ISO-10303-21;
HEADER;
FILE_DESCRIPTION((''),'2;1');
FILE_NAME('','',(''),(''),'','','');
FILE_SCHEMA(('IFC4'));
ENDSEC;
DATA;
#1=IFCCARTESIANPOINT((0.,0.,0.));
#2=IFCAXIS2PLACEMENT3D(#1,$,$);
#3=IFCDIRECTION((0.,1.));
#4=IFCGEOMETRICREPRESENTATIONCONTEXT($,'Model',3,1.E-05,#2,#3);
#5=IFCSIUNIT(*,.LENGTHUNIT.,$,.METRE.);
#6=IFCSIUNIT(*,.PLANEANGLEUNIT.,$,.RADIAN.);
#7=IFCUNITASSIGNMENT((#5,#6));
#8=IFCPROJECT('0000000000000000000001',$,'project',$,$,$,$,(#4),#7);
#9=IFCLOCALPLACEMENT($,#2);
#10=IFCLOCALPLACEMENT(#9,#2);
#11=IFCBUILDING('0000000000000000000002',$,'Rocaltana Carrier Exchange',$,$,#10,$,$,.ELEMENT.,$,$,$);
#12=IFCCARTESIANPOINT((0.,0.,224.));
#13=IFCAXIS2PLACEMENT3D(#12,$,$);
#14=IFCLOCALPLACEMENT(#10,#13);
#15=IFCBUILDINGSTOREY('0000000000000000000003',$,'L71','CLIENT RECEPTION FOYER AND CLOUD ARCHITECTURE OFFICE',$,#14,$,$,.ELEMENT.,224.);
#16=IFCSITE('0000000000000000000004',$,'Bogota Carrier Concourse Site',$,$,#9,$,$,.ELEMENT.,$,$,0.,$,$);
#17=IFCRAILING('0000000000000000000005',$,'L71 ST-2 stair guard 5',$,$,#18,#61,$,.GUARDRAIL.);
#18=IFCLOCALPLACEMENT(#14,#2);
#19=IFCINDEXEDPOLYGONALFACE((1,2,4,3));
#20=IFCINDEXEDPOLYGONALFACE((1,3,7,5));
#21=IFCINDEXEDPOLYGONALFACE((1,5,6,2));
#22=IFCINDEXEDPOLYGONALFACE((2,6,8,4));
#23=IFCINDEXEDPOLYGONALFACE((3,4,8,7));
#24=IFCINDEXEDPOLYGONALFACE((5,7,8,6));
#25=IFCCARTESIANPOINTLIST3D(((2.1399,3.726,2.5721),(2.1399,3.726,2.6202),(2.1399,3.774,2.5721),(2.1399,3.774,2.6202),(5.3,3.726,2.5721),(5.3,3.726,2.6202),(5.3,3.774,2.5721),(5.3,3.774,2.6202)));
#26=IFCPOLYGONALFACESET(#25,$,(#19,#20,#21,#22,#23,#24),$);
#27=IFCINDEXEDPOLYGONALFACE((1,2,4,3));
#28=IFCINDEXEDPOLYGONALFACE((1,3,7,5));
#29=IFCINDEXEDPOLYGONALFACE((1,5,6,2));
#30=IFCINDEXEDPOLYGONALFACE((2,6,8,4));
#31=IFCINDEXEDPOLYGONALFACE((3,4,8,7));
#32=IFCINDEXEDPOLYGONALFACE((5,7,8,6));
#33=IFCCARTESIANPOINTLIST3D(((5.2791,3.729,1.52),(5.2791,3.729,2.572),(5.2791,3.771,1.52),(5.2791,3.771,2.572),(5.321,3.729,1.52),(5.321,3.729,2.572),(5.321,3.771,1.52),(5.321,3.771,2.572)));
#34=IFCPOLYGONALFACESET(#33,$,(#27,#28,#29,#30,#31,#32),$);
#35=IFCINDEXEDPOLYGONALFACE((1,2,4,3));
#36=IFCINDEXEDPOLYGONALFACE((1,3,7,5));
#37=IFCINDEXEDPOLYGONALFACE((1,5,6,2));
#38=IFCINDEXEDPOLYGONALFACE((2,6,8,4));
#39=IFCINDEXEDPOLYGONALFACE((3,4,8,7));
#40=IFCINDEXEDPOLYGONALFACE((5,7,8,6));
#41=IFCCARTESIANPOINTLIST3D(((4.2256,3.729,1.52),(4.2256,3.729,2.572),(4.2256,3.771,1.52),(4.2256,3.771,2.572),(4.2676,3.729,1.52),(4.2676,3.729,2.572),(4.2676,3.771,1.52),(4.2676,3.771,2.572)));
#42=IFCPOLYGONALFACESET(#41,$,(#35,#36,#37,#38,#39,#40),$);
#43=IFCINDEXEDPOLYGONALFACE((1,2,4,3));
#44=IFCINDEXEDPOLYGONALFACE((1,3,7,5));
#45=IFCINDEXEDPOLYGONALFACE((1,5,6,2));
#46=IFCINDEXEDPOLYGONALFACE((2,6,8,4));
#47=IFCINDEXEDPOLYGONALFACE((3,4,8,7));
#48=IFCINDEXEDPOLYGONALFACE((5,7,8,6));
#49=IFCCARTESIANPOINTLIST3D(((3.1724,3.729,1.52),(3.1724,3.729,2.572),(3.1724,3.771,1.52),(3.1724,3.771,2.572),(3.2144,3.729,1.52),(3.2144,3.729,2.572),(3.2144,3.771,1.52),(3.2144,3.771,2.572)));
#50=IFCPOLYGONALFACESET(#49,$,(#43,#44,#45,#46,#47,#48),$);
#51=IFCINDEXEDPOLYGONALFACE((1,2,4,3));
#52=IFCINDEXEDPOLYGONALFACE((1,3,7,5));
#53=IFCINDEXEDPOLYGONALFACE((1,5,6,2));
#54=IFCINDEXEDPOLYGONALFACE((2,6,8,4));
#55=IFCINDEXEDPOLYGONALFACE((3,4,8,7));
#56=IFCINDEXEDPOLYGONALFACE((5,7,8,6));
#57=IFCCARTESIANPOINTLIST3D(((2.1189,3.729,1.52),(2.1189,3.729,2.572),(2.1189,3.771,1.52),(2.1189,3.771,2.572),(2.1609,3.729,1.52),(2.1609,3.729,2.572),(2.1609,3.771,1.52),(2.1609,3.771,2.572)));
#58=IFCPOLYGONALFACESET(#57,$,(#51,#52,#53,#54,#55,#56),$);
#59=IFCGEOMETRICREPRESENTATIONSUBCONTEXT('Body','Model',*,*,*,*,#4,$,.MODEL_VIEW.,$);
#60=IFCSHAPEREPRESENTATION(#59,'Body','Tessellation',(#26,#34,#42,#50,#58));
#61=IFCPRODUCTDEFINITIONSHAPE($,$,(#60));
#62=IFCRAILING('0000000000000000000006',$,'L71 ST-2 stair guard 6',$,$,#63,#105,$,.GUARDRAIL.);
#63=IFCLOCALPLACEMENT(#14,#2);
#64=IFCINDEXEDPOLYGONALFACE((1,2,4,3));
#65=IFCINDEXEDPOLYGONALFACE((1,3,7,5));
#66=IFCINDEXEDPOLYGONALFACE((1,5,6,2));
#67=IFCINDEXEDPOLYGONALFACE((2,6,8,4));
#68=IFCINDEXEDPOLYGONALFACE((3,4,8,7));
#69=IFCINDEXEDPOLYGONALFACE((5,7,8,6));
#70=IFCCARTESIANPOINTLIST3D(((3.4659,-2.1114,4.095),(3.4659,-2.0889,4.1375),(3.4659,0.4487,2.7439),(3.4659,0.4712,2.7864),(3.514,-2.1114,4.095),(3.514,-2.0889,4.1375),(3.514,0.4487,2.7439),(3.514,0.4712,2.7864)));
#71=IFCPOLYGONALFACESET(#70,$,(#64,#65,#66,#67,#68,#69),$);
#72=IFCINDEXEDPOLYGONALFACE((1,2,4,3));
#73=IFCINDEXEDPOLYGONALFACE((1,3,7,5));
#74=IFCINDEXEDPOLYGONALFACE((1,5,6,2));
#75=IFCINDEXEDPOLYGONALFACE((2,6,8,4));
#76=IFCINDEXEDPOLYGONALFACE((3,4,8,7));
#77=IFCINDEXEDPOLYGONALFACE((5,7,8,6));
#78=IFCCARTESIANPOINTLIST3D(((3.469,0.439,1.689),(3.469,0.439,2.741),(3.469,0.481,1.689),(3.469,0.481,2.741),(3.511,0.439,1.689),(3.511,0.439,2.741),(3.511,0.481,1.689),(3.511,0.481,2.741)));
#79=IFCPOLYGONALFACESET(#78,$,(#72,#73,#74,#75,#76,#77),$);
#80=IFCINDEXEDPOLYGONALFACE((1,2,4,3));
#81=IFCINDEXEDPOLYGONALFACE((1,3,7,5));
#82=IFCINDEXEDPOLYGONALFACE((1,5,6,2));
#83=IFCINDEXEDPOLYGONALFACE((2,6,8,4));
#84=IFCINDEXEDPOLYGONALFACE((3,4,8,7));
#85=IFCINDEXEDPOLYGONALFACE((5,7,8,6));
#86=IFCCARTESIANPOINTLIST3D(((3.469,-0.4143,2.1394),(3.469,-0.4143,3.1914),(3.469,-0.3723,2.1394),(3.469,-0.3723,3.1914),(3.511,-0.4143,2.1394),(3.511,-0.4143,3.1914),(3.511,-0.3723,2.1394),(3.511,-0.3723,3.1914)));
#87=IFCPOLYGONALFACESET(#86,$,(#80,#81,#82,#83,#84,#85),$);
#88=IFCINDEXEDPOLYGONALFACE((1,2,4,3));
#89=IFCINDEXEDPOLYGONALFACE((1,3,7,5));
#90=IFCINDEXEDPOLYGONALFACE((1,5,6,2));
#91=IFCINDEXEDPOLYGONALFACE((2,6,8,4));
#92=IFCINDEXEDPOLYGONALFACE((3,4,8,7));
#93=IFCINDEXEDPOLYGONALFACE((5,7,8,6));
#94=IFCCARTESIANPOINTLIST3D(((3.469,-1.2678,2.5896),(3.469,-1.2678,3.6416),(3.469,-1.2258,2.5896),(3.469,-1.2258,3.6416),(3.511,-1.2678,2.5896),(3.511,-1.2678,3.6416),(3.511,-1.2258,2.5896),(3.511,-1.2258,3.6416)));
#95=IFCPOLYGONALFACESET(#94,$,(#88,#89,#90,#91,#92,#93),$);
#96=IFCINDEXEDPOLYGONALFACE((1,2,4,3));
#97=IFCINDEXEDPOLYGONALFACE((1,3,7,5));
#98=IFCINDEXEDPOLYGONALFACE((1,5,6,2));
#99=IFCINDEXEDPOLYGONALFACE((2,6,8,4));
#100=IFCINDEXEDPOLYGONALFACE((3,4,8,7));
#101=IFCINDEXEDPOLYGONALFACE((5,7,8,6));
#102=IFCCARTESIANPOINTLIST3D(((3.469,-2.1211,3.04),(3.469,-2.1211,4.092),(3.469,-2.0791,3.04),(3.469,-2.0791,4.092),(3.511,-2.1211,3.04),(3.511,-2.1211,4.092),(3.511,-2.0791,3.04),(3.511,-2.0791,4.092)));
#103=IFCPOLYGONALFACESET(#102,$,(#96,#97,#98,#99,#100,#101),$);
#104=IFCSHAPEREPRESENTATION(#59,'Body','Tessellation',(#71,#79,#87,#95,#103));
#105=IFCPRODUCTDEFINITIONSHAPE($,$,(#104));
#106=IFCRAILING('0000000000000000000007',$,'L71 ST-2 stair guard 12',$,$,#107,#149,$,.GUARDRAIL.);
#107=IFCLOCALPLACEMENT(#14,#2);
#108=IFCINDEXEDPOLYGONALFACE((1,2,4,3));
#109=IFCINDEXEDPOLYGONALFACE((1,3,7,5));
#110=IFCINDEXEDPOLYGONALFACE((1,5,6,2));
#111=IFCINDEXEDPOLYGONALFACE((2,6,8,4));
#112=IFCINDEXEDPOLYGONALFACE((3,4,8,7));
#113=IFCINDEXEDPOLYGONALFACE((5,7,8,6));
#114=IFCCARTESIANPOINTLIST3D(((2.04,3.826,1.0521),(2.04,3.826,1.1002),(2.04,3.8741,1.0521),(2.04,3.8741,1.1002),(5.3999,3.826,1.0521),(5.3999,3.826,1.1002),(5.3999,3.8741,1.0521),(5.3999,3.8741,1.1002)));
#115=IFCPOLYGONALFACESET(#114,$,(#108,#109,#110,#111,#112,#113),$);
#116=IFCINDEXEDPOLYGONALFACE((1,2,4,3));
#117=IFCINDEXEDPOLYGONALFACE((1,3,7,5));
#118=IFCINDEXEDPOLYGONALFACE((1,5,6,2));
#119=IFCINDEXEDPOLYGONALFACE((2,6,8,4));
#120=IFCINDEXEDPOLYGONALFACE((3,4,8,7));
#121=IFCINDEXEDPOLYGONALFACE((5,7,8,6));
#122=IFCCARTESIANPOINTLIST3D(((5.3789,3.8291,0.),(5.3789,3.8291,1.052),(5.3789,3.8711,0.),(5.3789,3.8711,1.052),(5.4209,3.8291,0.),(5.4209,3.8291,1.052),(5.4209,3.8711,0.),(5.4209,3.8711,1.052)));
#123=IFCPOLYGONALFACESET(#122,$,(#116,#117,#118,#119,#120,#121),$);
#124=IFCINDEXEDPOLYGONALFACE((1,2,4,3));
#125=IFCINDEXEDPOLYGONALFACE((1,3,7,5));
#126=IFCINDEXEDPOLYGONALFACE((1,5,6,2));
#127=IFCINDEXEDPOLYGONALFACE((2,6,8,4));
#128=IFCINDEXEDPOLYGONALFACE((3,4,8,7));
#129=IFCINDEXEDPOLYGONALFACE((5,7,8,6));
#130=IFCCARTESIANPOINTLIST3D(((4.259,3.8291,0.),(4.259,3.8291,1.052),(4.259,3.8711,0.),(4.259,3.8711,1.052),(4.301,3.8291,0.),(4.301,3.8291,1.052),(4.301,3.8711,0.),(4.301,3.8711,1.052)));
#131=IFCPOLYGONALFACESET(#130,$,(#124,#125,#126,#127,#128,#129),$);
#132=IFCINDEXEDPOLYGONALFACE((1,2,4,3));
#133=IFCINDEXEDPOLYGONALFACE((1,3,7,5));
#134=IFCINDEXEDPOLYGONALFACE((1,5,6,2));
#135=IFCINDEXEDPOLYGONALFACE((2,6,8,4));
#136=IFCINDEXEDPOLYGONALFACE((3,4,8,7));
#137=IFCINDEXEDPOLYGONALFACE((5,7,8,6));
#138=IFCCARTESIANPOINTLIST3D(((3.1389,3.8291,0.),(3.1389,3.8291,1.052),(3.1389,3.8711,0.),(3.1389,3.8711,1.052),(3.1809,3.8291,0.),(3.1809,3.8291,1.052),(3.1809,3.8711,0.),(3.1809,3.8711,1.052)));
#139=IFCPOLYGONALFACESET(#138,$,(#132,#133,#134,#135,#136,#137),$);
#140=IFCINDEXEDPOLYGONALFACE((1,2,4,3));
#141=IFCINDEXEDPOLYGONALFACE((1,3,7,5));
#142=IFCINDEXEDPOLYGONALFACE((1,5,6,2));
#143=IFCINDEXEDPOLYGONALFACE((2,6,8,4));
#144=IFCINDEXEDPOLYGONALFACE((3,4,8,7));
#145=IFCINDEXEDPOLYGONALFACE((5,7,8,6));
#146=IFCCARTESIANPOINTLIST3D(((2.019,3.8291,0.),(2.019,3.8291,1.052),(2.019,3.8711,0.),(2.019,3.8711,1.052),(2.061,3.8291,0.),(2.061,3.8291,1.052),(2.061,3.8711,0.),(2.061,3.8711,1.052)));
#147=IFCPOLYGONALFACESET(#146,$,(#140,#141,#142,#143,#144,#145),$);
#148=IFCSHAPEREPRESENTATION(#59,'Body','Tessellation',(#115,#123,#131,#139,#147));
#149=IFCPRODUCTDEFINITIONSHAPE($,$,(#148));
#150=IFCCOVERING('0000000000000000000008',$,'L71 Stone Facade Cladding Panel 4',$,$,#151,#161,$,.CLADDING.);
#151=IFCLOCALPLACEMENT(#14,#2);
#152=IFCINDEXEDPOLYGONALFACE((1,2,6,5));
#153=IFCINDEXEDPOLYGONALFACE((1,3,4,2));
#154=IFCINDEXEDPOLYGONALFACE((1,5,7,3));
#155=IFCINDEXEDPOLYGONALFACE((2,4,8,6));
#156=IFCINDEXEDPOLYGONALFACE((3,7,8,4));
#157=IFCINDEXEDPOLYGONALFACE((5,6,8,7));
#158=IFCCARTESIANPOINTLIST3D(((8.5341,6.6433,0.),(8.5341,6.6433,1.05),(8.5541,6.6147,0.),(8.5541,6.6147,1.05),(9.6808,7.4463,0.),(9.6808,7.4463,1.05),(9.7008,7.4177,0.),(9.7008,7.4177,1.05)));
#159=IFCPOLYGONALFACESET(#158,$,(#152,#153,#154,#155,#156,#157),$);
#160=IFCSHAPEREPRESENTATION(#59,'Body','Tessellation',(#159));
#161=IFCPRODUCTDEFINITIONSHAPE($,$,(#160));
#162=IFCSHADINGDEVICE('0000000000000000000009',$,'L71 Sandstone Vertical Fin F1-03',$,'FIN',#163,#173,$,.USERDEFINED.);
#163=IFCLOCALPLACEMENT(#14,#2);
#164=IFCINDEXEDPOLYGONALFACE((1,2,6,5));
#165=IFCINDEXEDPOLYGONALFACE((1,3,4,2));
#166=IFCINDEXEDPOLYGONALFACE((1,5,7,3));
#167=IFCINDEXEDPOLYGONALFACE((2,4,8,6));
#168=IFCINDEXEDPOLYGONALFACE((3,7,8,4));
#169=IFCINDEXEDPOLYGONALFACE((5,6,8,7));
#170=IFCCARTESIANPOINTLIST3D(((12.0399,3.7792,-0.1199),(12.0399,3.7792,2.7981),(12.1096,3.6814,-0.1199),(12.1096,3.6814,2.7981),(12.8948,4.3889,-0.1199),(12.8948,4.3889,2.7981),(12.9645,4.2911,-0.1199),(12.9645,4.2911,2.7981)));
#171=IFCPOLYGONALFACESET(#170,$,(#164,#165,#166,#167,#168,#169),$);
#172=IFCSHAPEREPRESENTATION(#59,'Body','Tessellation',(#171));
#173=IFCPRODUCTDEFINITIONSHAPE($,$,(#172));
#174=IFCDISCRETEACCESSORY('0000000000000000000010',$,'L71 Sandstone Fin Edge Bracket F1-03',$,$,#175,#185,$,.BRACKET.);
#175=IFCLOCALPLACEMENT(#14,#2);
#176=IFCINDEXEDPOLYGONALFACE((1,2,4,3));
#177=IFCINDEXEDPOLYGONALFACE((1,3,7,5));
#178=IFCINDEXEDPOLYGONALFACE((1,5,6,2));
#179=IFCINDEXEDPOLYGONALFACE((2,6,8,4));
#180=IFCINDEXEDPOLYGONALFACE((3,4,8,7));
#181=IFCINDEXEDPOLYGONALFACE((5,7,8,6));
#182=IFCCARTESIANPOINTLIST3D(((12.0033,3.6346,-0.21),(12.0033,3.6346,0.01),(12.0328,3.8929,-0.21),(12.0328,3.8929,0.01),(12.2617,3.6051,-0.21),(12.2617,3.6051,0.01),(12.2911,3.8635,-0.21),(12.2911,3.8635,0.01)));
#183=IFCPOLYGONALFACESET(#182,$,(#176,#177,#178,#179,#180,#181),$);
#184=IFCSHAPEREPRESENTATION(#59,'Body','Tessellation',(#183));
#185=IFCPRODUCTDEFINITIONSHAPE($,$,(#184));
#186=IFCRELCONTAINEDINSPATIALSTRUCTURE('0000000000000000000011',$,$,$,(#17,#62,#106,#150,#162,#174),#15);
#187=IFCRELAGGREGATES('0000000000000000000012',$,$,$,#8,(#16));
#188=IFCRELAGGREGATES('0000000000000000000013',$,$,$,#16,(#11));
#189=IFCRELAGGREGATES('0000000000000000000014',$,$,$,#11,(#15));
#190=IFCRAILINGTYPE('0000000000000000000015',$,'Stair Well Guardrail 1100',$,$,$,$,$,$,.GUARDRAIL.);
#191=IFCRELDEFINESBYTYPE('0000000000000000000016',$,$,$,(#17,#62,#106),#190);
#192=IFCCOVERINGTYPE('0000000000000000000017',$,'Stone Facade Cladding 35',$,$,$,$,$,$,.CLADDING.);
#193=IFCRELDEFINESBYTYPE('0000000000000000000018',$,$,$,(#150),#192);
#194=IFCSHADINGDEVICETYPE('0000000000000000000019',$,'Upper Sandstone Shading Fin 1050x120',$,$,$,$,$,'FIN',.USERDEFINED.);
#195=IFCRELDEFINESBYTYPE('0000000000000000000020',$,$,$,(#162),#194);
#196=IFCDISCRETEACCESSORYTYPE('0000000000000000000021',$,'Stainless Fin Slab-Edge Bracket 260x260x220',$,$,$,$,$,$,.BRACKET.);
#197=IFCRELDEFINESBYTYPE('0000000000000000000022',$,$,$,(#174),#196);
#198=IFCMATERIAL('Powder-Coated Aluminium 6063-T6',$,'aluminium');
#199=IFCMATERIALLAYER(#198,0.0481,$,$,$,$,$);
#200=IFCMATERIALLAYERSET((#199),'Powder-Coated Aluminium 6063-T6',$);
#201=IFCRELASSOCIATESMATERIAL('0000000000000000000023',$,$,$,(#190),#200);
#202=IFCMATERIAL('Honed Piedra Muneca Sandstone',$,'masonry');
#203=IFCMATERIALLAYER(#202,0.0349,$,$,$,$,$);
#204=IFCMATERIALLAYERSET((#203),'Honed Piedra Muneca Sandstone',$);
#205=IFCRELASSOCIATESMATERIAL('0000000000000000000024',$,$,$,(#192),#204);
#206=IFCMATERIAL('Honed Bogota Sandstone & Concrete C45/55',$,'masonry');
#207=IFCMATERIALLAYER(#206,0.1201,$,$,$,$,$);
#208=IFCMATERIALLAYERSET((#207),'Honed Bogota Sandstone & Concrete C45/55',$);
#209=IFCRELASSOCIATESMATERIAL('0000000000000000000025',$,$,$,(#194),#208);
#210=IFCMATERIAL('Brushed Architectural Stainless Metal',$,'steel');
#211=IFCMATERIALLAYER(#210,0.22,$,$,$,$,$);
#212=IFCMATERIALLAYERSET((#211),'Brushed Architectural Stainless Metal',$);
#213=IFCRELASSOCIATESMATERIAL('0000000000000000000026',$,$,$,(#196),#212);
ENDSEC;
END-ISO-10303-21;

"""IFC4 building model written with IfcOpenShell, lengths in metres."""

from ifc_helpers import new_model, si_unit, direction, frame, origin, origin_2d, place, context, subcontext, project, spatial, rectangle, extrude, material, layer, layer_set, type_object, element, save


model = new_model("IFC4")

# Units and contexts
model_context = context("Model", 3, precision=1e-05, world=origin(), true_north=direction((0.0, 1.0)))
body_context = subcontext(model_context, "Body", "Model", "MODEL_VIEW")
ifc_project = project(units=[si_unit("LENGTHUNIT", "METRE"), si_unit("PLANEANGLEUNIT", "RADIAN")], contexts=[model_context])

# Site, building, storey
site_placement = place(None, origin())
site = spatial("IfcSite", under=ifc_project, at=site_placement, Name="Bogota Carrier Concourse Site", CompositionType="ELEMENT", RefElevation=0.0)
building_placement = place(site_placement, origin())
building = spatial("IfcBuilding", under=site, at=building_placement, Name="Rocaltana Carrier Exchange", CompositionType="ELEMENT")
storey_placement = place(building_placement, frame((0.0, 0.0, 224.0)))
storey = spatial("IfcBuildingStorey", under=building, at=storey_placement, Name="L71", Description="CLIENT RECEPTION FOYER AND CLOUD ARCHITECTURE OFFICE", CompositionType="ELEMENT", Elevation=224.0)

# Railings
ifc_material_1 = material(Name="Powder-Coated Aluminium 6063-T6", Category="aluminium")
ifc_layer_1 = layer(ifc_material_1, 0.0481)
ifc_layer_set_1 = layer_set([ifc_layer_1], Name="Powder-Coated Aluminium 6063-T6")
railing_type_1 = type_object("IfcRailingType", Name="Stair Well Guardrail 1100", PredefinedType="GUARDRAIL", material=ifc_layer_set_1)
railing_1_placement = place(storey_placement, frame((5.3, 3.75, 1.52)))
element("IfcRailing", 1, at=railing_1_placement, inside=storey, type_object=railing_type_1, Name="L71 ST-2 stair guard 5", PredefinedType="GUARDRAIL", context=body_context, shape_type="SweptSolid", body=[
    extrude(rectangle(XDim=0.0481, YDim=0.0481, at=origin_2d()), frame((0.0, 0.0, 1.0762), z_axis=(-1.0, 0.0, 0.0), x_axis=(0.0, -1.0, 0.0)), (0.0, 0.0, 1.0), 3.1602),
    extrude(rectangle(XDim=0.042, YDim=0.042, at=origin_2d()), origin(), (0.0, 0.0, 1.0), 1.052),
    extrude(rectangle(XDim=0.042, YDim=0.042, at=origin_2d()), frame((-1.0535, 0.0, 0.0)), (0.0, 0.0, 1.0), 1.052),
    extrude(rectangle(XDim=0.042, YDim=0.042, at=origin_2d()), frame((-2.1067, 0.0, 0.0)), (0.0, 0.0, 1.0), 1.052),
    extrude(rectangle(XDim=0.042, YDim=0.042, at=origin_2d()), frame((-3.1602, 0.0, 0.0)), (0.0, 0.0, 1.0), 1.052),
])
railing_2_placement = place(storey_placement, frame((3.49, 0.46, 1.689)))
element("IfcRailing", 2, at=railing_2_placement, inside=storey, type_object=railing_type_1, Name="L71 ST-2 stair guard 6", PredefinedType="GUARDRAIL", context=body_context, shape_type="SweptSolid", body=[
    extrude(rectangle(XDim=0.0481, YDim=0.0481, at=origin_2d()), frame((0.0, 0.0, 1.0762), z_axis=(0.0, -0.884394, 0.46674), x_axis=(1.0, 0.0, 0.0)), (0.0, 0.0, 1.0), 2.8948),
    extrude(rectangle(XDim=0.042, YDim=0.042, at=origin_2d()), origin(), (0.0, 0.0, 1.0), 1.052),
    extrude(rectangle(XDim=0.042, YDim=0.042, at=origin_2d()), frame((0.0, -0.8533, 0.4504)), (0.0, 0.0, 1.0), 1.052),
    extrude(rectangle(XDim=0.042, YDim=0.042, at=origin_2d()), frame((0.0, -1.7068, 0.9006)), (0.0, 0.0, 1.0), 1.052),
    extrude(rectangle(XDim=0.042, YDim=0.042, at=origin_2d()), frame((0.0, -2.5601, 1.3511)), (0.0, 0.0, 1.0), 1.052),
])
railing_3_placement = place(storey_placement, frame((5.3999, 3.8501, 0.0)))
element("IfcRailing", 3, at=railing_3_placement, inside=storey, type_object=railing_type_1, Name="L71 ST-2 stair guard 12", PredefinedType="GUARDRAIL", context=body_context, shape_type="SweptSolid", body=[
    extrude(rectangle(XDim=0.0481, YDim=0.0481, at=origin_2d()), frame((0.0, 0.0, 1.0762), z_axis=(-1.0, 0.0, 0.0), x_axis=(0.0, -1.0, 0.0)), (0.0, 0.0, 1.0), 3.3599),
    extrude(rectangle(XDim=0.042, YDim=0.042, at=origin_2d()), origin(), (0.0, 0.0, 1.0), 1.052),
    extrude(rectangle(XDim=0.042, YDim=0.042, at=origin_2d()), frame((-1.1199, 0.0, 0.0)), (0.0, 0.0, 1.0), 1.052),
    extrude(rectangle(XDim=0.042, YDim=0.042, at=origin_2d()), frame((-2.24, 0.0, 0.0)), (0.0, 0.0, 1.0), 1.052),
    extrude(rectangle(XDim=0.042, YDim=0.042, at=origin_2d()), frame((-3.3599, 0.0, 0.0)), (0.0, 0.0, 1.0), 1.052),
])

# Covering
ifc_material_2 = material(Name="Honed Piedra Muneca Sandstone", Category="masonry")
ifc_layer_2 = layer(ifc_material_2, 0.0349)
ifc_layer_set_2 = layer_set([ifc_layer_2], Name="Honed Piedra Muneca Sandstone")
covering_type = type_object("IfcCoveringType", Name="Stone Facade Cladding 35", PredefinedType="CLADDING", material=ifc_layer_set_2)
covering_placement = place(storey_placement, frame((9.1174, 7.0305, 0.0), z_axis=(0.0, 0.0, 1.0), x_axis=(0.819152, 0.573576, 0.0)))
element("IfcCovering", 4, at=covering_placement, inside=storey, type_object=covering_type, Name="L71 Stone Facade Cladding Panel 4", PredefinedType="CLADDING", context=body_context, shape_type="SweptSolid", body=[
    extrude(rectangle(XDim=1.3999, YDim=0.0349, at=origin_2d()), origin(), (0.0, 0.0, 1.0), 1.05),
])

# Shading device
ifc_material_3 = material(Name="Honed Bogota Sandstone & Concrete C45/55", Category="masonry")
ifc_layer_3 = layer(ifc_material_3, 0.1201)
ifc_layer_set_3 = layer_set([ifc_layer_3], Name="Honed Bogota Sandstone & Concrete C45/55")
shading_device_type = type_object("IfcShadingDeviceType", Name="Upper Sandstone Shading Fin 1050x120", ElementType="FIN", PredefinedType="USERDEFINED", material=ifc_layer_set_3)
shading_device_placement = place(storey_placement, frame((12.5022, 4.0352, -0.1199), z_axis=(0.0, 0.0, 1.0), x_axis=(0.814116, 0.580703, 0.0)))
element("IfcShadingDevice", 5, at=shading_device_placement, inside=storey, type_object=shading_device_type, Name="L71 Sandstone Vertical Fin F1-03", ObjectType="FIN", PredefinedType="USERDEFINED", context=body_context, shape_type="SweptSolid", body=[
    extrude(rectangle(XDim=1.05, YDim=0.1201, at=origin_2d()), origin(), (0.0, 0.0, 1.0), 2.918),
])

# Discrete accessory
ifc_material_4 = material(Name="Brushed Architectural Stainless Metal", Category="steel")
ifc_layer_4 = layer(ifc_material_4, 0.22)
ifc_layer_set_4 = layer_set([ifc_layer_4], Name="Brushed Architectural Stainless Metal")
discrete_accessory_type = type_object("IfcDiscreteAccessoryType", Name="Stainless Fin Slab-Edge Bracket 260x260x220", PredefinedType="BRACKET", material=ifc_layer_set_4)
discrete_accessory_placement = place(storey_placement, frame((12.1472, 3.749, -0.21), z_axis=(0.0, 0.0, 1.0), x_axis=(0.113203, 0.993572, 0.0)))
element("IfcDiscreteAccessory", 6, at=discrete_accessory_placement, inside=storey, type_object=discrete_accessory_type, Name="L71 Sandstone Fin Edge Bracket F1-03", PredefinedType="BRACKET", context=body_context, shape_type="SweptSolid", body=[
    extrude(rectangle(XDim=0.26, YDim=0.26, at=origin_2d()), origin(), (0.0, 0.0, 1.0), 0.22),
])

save(model, "model.ifc")
